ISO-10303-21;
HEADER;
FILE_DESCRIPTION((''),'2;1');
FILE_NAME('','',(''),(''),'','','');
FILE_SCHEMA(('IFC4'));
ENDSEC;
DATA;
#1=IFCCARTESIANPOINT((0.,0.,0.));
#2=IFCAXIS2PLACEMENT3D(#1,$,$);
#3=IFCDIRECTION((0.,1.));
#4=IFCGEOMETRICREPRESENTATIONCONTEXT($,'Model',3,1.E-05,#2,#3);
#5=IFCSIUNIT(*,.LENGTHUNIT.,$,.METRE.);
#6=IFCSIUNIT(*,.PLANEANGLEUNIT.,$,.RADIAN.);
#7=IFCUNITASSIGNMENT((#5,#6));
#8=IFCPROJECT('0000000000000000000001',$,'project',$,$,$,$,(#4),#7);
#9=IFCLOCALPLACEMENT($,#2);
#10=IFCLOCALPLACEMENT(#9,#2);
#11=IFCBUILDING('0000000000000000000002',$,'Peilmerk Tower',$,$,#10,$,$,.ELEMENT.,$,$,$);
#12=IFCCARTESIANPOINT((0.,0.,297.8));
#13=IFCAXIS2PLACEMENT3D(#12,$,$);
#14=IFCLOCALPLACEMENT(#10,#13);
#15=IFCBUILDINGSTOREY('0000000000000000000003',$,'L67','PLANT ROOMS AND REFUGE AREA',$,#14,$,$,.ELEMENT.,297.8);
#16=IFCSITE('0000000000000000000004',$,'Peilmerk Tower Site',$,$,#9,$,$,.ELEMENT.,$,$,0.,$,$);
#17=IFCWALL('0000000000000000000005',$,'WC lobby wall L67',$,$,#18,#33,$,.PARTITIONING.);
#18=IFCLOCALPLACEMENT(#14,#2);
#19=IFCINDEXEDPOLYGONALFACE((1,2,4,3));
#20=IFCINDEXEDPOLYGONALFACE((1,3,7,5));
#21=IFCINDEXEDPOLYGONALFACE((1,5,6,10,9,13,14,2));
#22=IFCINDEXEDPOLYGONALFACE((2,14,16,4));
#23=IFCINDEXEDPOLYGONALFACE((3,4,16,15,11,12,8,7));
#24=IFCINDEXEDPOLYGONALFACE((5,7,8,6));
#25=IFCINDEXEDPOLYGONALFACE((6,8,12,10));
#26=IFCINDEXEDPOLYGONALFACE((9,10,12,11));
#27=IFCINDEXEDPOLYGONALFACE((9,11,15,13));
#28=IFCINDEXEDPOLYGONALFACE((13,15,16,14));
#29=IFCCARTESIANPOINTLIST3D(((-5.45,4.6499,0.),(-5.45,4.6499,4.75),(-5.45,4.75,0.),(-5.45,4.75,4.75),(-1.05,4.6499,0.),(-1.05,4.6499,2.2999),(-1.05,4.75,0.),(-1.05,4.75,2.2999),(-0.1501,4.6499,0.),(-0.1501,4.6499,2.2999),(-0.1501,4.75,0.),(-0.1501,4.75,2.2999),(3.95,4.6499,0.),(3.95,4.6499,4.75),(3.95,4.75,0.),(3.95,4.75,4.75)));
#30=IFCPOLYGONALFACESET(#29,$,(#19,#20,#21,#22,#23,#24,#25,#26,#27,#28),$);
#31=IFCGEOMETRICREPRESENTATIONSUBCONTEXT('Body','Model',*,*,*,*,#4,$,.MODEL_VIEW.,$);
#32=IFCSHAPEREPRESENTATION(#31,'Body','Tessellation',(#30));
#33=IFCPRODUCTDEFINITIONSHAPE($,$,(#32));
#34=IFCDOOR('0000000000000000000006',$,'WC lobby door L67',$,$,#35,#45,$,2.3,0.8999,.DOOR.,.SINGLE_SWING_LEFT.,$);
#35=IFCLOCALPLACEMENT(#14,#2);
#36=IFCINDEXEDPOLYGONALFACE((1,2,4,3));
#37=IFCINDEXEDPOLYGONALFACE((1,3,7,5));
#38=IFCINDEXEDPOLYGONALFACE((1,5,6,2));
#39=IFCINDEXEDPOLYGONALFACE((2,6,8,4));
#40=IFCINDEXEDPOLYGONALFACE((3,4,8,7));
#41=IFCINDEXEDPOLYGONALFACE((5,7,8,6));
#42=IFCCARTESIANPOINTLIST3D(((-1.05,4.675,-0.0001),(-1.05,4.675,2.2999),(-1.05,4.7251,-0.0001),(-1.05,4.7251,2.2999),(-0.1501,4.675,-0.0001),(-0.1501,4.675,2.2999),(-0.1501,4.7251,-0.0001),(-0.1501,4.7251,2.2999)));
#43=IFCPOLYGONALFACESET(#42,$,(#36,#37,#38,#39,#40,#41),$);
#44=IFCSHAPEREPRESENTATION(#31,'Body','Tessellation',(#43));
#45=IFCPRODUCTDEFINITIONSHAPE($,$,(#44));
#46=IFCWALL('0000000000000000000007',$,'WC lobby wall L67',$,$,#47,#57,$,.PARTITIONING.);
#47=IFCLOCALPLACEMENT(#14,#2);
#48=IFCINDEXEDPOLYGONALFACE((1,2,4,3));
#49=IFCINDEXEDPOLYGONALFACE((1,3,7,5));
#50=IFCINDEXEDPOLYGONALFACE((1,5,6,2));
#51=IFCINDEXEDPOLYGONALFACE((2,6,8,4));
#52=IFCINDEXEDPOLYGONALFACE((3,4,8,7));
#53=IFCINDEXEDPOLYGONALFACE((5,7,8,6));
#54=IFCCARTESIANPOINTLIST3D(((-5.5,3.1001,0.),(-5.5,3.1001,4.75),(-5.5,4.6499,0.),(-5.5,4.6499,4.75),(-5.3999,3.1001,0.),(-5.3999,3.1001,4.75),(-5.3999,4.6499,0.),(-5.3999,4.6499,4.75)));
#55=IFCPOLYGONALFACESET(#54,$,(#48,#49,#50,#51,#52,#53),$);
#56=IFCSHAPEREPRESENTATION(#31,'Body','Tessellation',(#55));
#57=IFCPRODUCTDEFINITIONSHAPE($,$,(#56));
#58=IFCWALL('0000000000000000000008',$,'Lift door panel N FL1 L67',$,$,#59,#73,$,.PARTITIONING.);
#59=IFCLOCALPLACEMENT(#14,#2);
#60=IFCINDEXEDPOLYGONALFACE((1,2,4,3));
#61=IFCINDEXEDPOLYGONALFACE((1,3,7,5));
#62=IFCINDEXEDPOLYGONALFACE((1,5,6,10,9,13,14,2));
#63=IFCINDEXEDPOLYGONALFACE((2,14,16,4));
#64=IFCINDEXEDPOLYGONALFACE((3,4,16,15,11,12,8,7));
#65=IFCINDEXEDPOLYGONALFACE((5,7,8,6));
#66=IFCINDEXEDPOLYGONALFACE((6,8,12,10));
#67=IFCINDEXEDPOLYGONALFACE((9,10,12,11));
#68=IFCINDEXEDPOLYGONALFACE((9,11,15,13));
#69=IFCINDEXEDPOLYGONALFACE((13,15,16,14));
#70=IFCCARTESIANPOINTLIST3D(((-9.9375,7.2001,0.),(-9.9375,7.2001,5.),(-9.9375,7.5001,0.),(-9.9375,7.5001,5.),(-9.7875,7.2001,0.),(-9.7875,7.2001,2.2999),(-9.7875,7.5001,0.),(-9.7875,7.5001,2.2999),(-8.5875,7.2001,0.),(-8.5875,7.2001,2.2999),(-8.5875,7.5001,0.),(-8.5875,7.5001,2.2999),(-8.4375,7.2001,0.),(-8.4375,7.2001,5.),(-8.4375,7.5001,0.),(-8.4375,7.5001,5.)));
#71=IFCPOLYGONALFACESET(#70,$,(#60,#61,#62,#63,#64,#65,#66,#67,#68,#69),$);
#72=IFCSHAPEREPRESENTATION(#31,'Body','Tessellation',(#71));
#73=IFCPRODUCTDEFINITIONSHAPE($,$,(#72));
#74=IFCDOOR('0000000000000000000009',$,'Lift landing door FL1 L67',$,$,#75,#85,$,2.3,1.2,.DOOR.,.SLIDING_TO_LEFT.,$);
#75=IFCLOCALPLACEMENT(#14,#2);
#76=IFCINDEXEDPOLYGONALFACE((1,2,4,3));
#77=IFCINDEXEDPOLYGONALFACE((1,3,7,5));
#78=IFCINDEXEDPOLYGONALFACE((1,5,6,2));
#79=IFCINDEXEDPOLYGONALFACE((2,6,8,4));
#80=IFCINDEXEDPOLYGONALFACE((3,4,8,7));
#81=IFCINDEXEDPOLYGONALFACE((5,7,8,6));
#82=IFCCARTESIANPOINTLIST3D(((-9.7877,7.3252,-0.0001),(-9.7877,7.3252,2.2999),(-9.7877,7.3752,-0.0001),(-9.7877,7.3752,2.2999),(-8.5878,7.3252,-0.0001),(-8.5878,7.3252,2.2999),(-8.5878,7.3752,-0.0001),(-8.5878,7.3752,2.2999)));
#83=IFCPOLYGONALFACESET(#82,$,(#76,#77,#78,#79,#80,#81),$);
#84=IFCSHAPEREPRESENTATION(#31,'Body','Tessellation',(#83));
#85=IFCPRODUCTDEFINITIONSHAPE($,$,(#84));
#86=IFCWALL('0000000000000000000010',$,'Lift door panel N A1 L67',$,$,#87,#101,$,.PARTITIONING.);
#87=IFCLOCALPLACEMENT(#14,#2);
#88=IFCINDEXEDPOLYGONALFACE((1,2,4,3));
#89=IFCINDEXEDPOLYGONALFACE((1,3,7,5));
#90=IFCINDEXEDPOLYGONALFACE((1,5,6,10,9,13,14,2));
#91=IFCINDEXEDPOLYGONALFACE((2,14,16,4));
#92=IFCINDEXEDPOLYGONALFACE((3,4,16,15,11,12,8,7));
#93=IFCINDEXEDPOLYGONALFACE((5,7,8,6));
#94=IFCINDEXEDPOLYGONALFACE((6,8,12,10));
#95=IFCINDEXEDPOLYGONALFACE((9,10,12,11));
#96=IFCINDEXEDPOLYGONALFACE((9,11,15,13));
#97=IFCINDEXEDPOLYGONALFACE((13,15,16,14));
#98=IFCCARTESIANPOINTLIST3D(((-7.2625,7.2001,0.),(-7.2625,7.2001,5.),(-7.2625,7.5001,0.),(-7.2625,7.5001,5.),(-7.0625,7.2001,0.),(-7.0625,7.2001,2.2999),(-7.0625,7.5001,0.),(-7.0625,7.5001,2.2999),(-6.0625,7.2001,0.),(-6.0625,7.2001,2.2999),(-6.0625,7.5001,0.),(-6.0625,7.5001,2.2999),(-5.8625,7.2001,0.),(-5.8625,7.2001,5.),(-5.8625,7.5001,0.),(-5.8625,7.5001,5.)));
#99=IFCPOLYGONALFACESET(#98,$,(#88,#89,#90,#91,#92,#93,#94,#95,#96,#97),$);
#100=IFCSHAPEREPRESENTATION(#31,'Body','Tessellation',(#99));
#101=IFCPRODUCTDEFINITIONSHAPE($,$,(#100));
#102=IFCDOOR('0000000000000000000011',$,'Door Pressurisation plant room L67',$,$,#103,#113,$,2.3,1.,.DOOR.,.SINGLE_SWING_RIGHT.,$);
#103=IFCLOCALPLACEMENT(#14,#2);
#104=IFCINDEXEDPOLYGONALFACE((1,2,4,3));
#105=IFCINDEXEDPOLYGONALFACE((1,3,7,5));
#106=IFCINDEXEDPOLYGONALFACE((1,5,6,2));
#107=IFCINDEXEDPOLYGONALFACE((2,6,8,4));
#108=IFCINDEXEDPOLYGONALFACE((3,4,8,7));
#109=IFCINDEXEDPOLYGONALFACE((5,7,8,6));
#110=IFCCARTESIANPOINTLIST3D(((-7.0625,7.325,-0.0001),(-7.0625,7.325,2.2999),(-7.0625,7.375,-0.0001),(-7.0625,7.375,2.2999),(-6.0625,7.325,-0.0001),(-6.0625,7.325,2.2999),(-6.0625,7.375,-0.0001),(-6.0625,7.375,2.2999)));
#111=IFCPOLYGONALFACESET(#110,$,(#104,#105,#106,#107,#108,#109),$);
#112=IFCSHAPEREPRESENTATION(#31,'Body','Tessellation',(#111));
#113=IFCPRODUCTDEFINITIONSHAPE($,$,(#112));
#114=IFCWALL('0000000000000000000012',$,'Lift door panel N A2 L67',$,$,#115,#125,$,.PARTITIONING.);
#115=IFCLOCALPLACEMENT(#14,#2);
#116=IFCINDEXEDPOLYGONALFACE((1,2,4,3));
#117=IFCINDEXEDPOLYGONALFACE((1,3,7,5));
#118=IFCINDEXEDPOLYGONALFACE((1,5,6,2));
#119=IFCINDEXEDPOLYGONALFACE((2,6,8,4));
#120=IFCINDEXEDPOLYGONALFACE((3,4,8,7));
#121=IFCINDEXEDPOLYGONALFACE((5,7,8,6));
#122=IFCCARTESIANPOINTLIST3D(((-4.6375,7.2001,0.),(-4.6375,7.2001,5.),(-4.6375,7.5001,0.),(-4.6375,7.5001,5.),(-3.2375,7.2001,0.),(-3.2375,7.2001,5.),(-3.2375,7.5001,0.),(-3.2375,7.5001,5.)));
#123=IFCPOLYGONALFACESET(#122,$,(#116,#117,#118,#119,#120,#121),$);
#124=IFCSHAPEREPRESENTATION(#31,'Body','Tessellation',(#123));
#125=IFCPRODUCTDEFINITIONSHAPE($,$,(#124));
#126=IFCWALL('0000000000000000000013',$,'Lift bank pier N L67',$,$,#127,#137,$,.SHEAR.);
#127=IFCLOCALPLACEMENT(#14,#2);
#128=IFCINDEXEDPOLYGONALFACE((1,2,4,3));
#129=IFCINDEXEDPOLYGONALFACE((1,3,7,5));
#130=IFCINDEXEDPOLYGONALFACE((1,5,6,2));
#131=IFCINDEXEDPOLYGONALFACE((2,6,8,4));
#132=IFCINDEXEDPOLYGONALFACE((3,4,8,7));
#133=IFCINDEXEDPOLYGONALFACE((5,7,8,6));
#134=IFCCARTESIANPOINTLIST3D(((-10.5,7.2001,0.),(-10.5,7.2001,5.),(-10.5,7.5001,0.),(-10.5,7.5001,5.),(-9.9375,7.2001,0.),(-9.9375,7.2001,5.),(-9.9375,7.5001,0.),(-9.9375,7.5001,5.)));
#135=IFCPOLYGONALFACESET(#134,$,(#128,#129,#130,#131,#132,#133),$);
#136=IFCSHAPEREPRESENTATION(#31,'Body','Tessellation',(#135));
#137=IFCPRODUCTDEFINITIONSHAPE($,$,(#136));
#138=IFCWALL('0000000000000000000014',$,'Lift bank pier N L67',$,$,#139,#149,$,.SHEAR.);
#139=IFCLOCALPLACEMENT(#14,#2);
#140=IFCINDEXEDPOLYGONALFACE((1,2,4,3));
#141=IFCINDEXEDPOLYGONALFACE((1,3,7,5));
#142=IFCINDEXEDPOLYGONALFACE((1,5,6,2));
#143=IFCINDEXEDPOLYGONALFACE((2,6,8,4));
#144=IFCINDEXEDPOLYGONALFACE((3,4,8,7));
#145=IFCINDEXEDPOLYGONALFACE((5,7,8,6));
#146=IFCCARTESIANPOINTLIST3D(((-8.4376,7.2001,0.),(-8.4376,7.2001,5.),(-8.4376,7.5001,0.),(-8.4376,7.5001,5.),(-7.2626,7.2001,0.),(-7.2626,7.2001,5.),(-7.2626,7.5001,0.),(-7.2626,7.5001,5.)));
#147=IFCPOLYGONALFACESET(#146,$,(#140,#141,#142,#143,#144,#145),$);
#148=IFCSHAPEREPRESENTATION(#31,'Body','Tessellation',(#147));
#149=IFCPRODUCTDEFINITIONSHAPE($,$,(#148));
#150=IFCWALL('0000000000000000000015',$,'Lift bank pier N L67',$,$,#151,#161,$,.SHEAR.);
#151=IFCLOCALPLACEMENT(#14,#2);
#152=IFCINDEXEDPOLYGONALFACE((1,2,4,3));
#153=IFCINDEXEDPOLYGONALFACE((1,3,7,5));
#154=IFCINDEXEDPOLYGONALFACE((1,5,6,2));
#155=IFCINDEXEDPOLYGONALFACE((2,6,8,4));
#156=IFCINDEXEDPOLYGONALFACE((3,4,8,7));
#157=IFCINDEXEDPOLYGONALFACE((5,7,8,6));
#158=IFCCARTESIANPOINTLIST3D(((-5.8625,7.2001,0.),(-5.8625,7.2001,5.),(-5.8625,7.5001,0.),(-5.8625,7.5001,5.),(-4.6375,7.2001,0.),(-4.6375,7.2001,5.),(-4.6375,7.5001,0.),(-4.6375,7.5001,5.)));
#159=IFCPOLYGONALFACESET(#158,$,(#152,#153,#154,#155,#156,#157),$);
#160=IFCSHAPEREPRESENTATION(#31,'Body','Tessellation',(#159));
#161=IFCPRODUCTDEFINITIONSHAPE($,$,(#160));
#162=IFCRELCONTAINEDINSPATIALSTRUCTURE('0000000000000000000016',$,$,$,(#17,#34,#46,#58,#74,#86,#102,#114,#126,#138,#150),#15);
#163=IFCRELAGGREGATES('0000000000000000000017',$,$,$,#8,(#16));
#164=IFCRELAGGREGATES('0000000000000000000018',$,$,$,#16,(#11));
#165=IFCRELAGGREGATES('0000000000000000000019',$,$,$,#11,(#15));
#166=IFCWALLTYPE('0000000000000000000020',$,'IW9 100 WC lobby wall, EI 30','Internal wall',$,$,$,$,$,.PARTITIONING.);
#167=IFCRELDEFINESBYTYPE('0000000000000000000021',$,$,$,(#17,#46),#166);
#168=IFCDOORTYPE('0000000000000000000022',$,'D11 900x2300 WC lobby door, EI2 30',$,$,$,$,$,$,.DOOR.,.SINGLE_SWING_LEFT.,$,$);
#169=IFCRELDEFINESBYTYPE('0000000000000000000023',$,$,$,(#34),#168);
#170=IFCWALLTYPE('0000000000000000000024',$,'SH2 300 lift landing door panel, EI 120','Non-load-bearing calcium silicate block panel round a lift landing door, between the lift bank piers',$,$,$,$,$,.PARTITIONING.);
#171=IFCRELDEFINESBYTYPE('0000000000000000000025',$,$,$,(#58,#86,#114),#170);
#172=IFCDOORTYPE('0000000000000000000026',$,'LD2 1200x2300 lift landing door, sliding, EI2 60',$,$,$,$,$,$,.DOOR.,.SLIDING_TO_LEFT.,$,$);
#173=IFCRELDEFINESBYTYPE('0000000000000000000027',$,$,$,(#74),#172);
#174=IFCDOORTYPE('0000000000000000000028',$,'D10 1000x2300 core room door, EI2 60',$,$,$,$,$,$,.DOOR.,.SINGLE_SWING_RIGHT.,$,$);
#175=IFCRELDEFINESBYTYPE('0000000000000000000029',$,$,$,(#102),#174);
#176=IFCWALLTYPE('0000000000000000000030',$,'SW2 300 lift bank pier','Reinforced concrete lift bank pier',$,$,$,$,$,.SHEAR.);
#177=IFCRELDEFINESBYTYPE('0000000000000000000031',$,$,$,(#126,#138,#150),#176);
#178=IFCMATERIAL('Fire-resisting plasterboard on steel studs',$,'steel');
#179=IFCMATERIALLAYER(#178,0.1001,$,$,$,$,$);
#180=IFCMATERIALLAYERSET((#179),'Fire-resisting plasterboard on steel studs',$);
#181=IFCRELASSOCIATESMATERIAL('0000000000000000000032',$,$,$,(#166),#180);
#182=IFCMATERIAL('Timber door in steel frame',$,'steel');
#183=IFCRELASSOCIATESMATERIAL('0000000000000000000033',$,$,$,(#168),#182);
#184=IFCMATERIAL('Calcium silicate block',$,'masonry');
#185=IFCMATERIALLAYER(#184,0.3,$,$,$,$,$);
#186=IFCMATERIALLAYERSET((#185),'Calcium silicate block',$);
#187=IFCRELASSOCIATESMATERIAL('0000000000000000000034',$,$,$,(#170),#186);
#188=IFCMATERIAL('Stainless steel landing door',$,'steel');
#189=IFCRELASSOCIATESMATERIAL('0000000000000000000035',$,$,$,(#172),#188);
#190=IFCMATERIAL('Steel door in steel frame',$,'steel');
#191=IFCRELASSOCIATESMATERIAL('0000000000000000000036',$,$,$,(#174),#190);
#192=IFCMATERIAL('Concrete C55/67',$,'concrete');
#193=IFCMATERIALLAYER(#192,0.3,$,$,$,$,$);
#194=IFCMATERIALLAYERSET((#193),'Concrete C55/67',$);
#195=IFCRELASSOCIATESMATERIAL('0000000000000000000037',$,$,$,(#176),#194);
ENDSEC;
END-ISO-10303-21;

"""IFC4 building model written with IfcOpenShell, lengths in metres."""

from ifc_helpers import new_model, si_unit, direction, frame, frame_2d, origin, place, context, subcontext, project, spatial, rectangle, extrude, material, layer, layer_set, type_object, element, fill, save


model = new_model("IFC4")

# Units and contexts
model_context = context("Model", 3, precision=1e-05, world=origin(), true_north=direction((0.0, 1.0)))
body_context = subcontext(model_context, "Body", "Model", "MODEL_VIEW")
ifc_project = project(units=[si_unit("LENGTHUNIT", "METRE"), si_unit("PLANEANGLEUNIT", "RADIAN")], contexts=[model_context])

# Site, building, storey
site_placement = place(None, origin())
site = spatial("IfcSite", under=ifc_project, at=site_placement, Name="Peilmerk Tower Site", CompositionType="ELEMENT", RefElevation=0.0)
building_placement = place(site_placement, origin())
building = spatial("IfcBuilding", under=site, at=building_placement, Name="Peilmerk Tower", CompositionType="ELEMENT")
storey_placement = place(building_placement, frame((0.0, 0.0, 297.8)))
storey = spatial("IfcBuildingStorey", under=building, at=storey_placement, Name="L67", Description="PLANT ROOMS AND REFUGE AREA", CompositionType="ELEMENT", Elevation=297.8)

# Shared definitions
ifc_material_1 = material(Name="Concrete C55/67", Category="concrete")

# Shared definitions
ifc_material_2 = material(Name="Steel door in steel frame", Category="steel")

# Shared definitions
ifc_material_3 = material(Name="Timber door in steel frame", Category="steel")

# Wall, opening, door
ifc_material_4 = material(Name="Fire-resisting plasterboard on steel studs", Category="steel")
ifc_layer_1 = layer(ifc_material_4, 0.1001)
ifc_layer_set_1 = layer_set([ifc_layer_1], Name="Fire-resisting plasterboard on steel studs")
wall_type_1 = type_object("IfcWallType", Name="IW9 100 WC lobby wall, EI 30", Description="Internal wall", PredefinedType="PARTITIONING", material=ifc_layer_set_1)
wall_1_placement = place(storey_placement, frame((-5.45, 4.7, 0.0), z_axis=(0.0, 0.0, 1.0), x_axis=(1.0, 0.0, 0.0)))
wall_1 = element("IfcWall", 1, at=wall_1_placement, inside=storey, type_object=wall_type_1, Name="WC lobby wall L67", PredefinedType="PARTITIONING", context=body_context, shape_type="SweptSolid", body=[
    extrude(rectangle(XDim=9.3999, YDim=0.1001, at=frame_2d((4.7, 0.0))), origin(), (0.0, 0.0, 1.0), 4.75),
])
opening_1_placement = place(wall_1_placement, frame((4.3999, 0.0, 0.0)))
opening_1 = element("IfcOpeningElement", 2, at=opening_1_placement, cuts=wall_1, PredefinedType="OPENING", context=body_context, shape_type="SweptSolid", body=[
    extrude(rectangle(XDim=0.8999, YDim=2.3, at=frame_2d((0.45, 1.1499))), frame((0.0, 0.0601, 0.0), z_axis=(0.0, -1.0, 0.0), x_axis=(1.0, 0.0, 0.0)), (0.0, 0.0, 1.0), 0.1201),
])
door_type_1 = type_object("IfcDoorType", Name="D11 900x2300 WC lobby door, EI2 30", OperationType="SINGLE_SWING_LEFT", PredefinedType="DOOR", material=ifc_material_3)
door_1_placement = place(opening_1_placement, frame((0.8999, 0.0, 0.0), z_axis=(0.0, 0.0, 1.0), x_axis=(-1.0, 0.0, 0.0)))
door_1 = element("IfcDoor", 3, at=door_1_placement, inside=storey, type_object=door_type_1, Name="WC lobby door L67", OperationType="SINGLE_SWING_LEFT", OverallHeight=2.3, OverallWidth=0.8999, PredefinedType="DOOR", context=body_context, shape_type="SweptSolid", body=[
    extrude(rectangle(XDim=0.8999, YDim=2.3, at=frame_2d((0.45, 1.1499))), frame((0.0, 0.0249, 0.0), z_axis=(0.0, -1.0, 0.0), x_axis=(1.0, 0.0, 0.0)), (0.0, 0.0, 1.0), 0.05),
])
fill(opening_1, door_1)

# Wall
wall_2_placement = place(storey_placement, frame((-5.45, 3.1001, 0.0), z_axis=(0.0, 0.0, 1.0), x_axis=(0.0, 1.0, 0.0)))
element("IfcWall", 4, at=wall_2_placement, inside=storey, type_object=wall_type_1, Name="WC lobby wall L67", PredefinedType="PARTITIONING", context=body_context, shape_type="SweptSolid", body=[
    extrude(rectangle(XDim=1.5498, YDim=0.1001, at=frame_2d((0.7749, 0.0))), origin(), (0.0, 0.0, 1.0), 4.75),
])

# Walls, openings, doors
ifc_material_5 = material(Name="Calcium silicate block", Category="masonry")
ifc_layer_2 = layer(ifc_material_5, 0.3)
ifc_layer_set_2 = layer_set([ifc_layer_2], Name="Calcium silicate block")
wall_type_2 = type_object("IfcWallType", Name="SH2 300 lift landing door panel, EI 120", Description="Non-load-bearing calcium silicate block panel round a lift landing door, between the lift bank piers", PredefinedType="PARTITIONING", material=ifc_layer_set_2)
wall_3_placement = place(storey_placement, frame((-9.9375, 7.3501, 0.0), z_axis=(0.0, 0.0, 1.0), x_axis=(1.0, 0.0, 0.0)))
wall_3 = element("IfcWall", 5, at=wall_3_placement, inside=storey, type_object=wall_type_2, Name="Lift door panel N FL1 L67", PredefinedType="PARTITIONING", context=body_context, shape_type="SweptSolid", body=[
    extrude(rectangle(XDim=1.5, YDim=0.3, at=frame_2d((0.75, 0.0))), origin(), (0.0, 0.0, 1.0), 5.0),
])
opening_2_placement = place(wall_3_placement, frame((0.1499, 0.0, 0.0)))
opening_2 = element("IfcOpeningElement", 6, at=opening_2_placement, cuts=wall_3, PredefinedType="OPENING", context=body_context, shape_type="SweptSolid", body=[
    extrude(rectangle(XDim=1.2, YDim=2.3, at=frame_2d((0.6001, 1.1499))), frame((0.0, 0.1599, 0.0), z_axis=(0.0, -1.0, 0.0), x_axis=(1.0, 0.0, 0.0)), (0.0, 0.0, 1.0), 0.3201),
])
ifc_material_6 = material(Name="Stainless steel landing door", Category="steel")
door_type_2 = type_object("IfcDoorType", Name="LD2 1200x2300 lift landing door, sliding, EI2 60", OperationType="SLIDING_TO_LEFT", PredefinedType="DOOR", material=ifc_material_6)
door_2_placement = place(opening_2_placement, frame((1.2, 0.0, 0.0), z_axis=(0.0, 0.0, 1.0), x_axis=(-1.0, 0.0, 0.0)))
door_2 = element("IfcDoor", 7, at=door_2_placement, inside=storey, type_object=door_type_2, Name="Lift landing door FL1 L67", OperationType="SLIDING_TO_LEFT", OverallHeight=2.3, OverallWidth=1.2, PredefinedType="DOOR", context=body_context, shape_type="SweptSolid", body=[
    extrude(rectangle(XDim=1.2, YDim=2.3, at=frame_2d((0.6001, 1.1499))), frame((0.0, 0.0249, 0.0), z_axis=(0.0, -1.0, 0.0), x_axis=(1.0, 0.0, 0.0)), (0.0, 0.0, 1.0), 0.05),
])
fill(opening_2, door_2)
wall_4_placement = place(storey_placement, frame((-7.2625, 7.3501, 0.0), z_axis=(0.0, 0.0, 1.0), x_axis=(1.0, 0.0, 0.0)))
wall_4 = element("IfcWall", 8, at=wall_4_placement, inside=storey, type_object=wall_type_2, Name="Lift door panel N A1 L67", PredefinedType="PARTITIONING", context=body_context, shape_type="SweptSolid", body=[
    extrude(rectangle(XDim=1.3999, YDim=0.3, at=frame_2d((0.7, 0.0))), origin(), (0.0, 0.0, 1.0), 5.0),
])
opening_3_placement = place(wall_4_placement, frame((0.2, 0.0, 0.0)))
opening_3 = element("IfcOpeningElement", 9, at=opening_3_placement, cuts=wall_4, PredefinedType="OPENING", context=body_context, shape_type="SweptSolid", body=[
    extrude(rectangle(XDim=1.0, YDim=2.3, at=frame_2d((0.5, 1.1499))), frame((0.0, 0.1599, 0.0), z_axis=(0.0, -1.0, 0.0), x_axis=(1.0, 0.0, 0.0)), (0.0, 0.0, 1.0), 0.3201),
])
door_type_3 = type_object("IfcDoorType", Name="D10 1000x2300 core room door, EI2 60", OperationType="SINGLE_SWING_RIGHT", PredefinedType="DOOR", material=ifc_material_2)
door_3_placement = place(opening_3_placement, origin())
door_3 = element("IfcDoor", 10, at=door_3_placement, inside=storey, type_object=door_type_3, Name="Door Pressurisation plant room L67", OperationType="SINGLE_SWING_RIGHT", OverallHeight=2.3, OverallWidth=1.0, PredefinedType="DOOR", context=body_context, shape_type="SweptSolid", body=[
    extrude(rectangle(XDim=1.0, YDim=2.3, at=frame_2d((0.5, 1.1499))), frame((0.0, 0.0249, 0.0), z_axis=(0.0, -1.0, 0.0), x_axis=(1.0, 0.0, 0.0)), (0.0, 0.0, 1.0), 0.05),
])
fill(opening_3, door_3)

# Walls
wall_5_placement = place(storey_placement, frame((-4.6375, 7.3501, 0.0), z_axis=(0.0, 0.0, 1.0), x_axis=(1.0, 0.0, 0.0)))
element("IfcWall", 11, at=wall_5_placement, inside=storey, type_object=wall_type_2, Name="Lift door panel N A2 L67", PredefinedType="PARTITIONING", context=body_context, shape_type="SweptSolid", body=[
    extrude(rectangle(XDim=1.3999, YDim=0.3, at=frame_2d((0.7, 0.0))), origin(), (0.0, 0.0, 1.0), 5.0),
])
ifc_layer_3 = layer(ifc_material_1, 0.3)
ifc_layer_set_3 = layer_set([ifc_layer_3], Name="Concrete C55/67")
wall_type_3 = type_object("IfcWallType", Name="SW2 300 lift bank pier", Description="Reinforced concrete lift bank pier", PredefinedType="SHEAR", material=ifc_layer_set_3)
wall_6_placement = place(storey_placement, frame((-10.5, 7.3501, 0.0), z_axis=(0.0, 0.0, 1.0), x_axis=(1.0, 0.0, 0.0)))
element("IfcWall", 12, at=wall_6_placement, inside=storey, type_object=wall_type_3, Name="Lift bank pier N L67", PredefinedType="SHEAR", context=body_context, shape_type="SweptSolid", body=[
    extrude(rectangle(XDim=0.5625, YDim=0.3, at=frame_2d((0.2812, 0.0))), origin(), (0.0, 0.0, 1.0), 5.0),
])
wall_7_placement = place(storey_placement, frame((-8.4375, 7.3501, 0.0), z_axis=(0.0, 0.0, 1.0), x_axis=(1.0, 0.0, 0.0)))
element("IfcWall", 13, at=wall_7_placement, inside=storey, type_object=wall_type_3, Name="Lift bank pier N L67", PredefinedType="SHEAR", context=body_context, shape_type="SweptSolid", body=[
    extrude(rectangle(XDim=1.175, YDim=0.3, at=frame_2d((0.5874, 0.0))), origin(), (0.0, 0.0, 1.0), 5.0),
])
wall_8_placement = place(storey_placement, frame((-5.8625, 7.3501, 0.0), z_axis=(0.0, 0.0, 1.0), x_axis=(1.0, 0.0, 0.0)))
element("IfcWall", 14, at=wall_8_placement, inside=storey, type_object=wall_type_3, Name="Lift bank pier N L67", PredefinedType="SHEAR", context=body_context, shape_type="SweptSolid", body=[
    extrude(rectangle(XDim=1.2251, YDim=0.3, at=frame_2d((0.6125, 0.0))), origin(), (0.0, 0.0, 1.0), 5.0),
])

save(model, "model.ifc")
